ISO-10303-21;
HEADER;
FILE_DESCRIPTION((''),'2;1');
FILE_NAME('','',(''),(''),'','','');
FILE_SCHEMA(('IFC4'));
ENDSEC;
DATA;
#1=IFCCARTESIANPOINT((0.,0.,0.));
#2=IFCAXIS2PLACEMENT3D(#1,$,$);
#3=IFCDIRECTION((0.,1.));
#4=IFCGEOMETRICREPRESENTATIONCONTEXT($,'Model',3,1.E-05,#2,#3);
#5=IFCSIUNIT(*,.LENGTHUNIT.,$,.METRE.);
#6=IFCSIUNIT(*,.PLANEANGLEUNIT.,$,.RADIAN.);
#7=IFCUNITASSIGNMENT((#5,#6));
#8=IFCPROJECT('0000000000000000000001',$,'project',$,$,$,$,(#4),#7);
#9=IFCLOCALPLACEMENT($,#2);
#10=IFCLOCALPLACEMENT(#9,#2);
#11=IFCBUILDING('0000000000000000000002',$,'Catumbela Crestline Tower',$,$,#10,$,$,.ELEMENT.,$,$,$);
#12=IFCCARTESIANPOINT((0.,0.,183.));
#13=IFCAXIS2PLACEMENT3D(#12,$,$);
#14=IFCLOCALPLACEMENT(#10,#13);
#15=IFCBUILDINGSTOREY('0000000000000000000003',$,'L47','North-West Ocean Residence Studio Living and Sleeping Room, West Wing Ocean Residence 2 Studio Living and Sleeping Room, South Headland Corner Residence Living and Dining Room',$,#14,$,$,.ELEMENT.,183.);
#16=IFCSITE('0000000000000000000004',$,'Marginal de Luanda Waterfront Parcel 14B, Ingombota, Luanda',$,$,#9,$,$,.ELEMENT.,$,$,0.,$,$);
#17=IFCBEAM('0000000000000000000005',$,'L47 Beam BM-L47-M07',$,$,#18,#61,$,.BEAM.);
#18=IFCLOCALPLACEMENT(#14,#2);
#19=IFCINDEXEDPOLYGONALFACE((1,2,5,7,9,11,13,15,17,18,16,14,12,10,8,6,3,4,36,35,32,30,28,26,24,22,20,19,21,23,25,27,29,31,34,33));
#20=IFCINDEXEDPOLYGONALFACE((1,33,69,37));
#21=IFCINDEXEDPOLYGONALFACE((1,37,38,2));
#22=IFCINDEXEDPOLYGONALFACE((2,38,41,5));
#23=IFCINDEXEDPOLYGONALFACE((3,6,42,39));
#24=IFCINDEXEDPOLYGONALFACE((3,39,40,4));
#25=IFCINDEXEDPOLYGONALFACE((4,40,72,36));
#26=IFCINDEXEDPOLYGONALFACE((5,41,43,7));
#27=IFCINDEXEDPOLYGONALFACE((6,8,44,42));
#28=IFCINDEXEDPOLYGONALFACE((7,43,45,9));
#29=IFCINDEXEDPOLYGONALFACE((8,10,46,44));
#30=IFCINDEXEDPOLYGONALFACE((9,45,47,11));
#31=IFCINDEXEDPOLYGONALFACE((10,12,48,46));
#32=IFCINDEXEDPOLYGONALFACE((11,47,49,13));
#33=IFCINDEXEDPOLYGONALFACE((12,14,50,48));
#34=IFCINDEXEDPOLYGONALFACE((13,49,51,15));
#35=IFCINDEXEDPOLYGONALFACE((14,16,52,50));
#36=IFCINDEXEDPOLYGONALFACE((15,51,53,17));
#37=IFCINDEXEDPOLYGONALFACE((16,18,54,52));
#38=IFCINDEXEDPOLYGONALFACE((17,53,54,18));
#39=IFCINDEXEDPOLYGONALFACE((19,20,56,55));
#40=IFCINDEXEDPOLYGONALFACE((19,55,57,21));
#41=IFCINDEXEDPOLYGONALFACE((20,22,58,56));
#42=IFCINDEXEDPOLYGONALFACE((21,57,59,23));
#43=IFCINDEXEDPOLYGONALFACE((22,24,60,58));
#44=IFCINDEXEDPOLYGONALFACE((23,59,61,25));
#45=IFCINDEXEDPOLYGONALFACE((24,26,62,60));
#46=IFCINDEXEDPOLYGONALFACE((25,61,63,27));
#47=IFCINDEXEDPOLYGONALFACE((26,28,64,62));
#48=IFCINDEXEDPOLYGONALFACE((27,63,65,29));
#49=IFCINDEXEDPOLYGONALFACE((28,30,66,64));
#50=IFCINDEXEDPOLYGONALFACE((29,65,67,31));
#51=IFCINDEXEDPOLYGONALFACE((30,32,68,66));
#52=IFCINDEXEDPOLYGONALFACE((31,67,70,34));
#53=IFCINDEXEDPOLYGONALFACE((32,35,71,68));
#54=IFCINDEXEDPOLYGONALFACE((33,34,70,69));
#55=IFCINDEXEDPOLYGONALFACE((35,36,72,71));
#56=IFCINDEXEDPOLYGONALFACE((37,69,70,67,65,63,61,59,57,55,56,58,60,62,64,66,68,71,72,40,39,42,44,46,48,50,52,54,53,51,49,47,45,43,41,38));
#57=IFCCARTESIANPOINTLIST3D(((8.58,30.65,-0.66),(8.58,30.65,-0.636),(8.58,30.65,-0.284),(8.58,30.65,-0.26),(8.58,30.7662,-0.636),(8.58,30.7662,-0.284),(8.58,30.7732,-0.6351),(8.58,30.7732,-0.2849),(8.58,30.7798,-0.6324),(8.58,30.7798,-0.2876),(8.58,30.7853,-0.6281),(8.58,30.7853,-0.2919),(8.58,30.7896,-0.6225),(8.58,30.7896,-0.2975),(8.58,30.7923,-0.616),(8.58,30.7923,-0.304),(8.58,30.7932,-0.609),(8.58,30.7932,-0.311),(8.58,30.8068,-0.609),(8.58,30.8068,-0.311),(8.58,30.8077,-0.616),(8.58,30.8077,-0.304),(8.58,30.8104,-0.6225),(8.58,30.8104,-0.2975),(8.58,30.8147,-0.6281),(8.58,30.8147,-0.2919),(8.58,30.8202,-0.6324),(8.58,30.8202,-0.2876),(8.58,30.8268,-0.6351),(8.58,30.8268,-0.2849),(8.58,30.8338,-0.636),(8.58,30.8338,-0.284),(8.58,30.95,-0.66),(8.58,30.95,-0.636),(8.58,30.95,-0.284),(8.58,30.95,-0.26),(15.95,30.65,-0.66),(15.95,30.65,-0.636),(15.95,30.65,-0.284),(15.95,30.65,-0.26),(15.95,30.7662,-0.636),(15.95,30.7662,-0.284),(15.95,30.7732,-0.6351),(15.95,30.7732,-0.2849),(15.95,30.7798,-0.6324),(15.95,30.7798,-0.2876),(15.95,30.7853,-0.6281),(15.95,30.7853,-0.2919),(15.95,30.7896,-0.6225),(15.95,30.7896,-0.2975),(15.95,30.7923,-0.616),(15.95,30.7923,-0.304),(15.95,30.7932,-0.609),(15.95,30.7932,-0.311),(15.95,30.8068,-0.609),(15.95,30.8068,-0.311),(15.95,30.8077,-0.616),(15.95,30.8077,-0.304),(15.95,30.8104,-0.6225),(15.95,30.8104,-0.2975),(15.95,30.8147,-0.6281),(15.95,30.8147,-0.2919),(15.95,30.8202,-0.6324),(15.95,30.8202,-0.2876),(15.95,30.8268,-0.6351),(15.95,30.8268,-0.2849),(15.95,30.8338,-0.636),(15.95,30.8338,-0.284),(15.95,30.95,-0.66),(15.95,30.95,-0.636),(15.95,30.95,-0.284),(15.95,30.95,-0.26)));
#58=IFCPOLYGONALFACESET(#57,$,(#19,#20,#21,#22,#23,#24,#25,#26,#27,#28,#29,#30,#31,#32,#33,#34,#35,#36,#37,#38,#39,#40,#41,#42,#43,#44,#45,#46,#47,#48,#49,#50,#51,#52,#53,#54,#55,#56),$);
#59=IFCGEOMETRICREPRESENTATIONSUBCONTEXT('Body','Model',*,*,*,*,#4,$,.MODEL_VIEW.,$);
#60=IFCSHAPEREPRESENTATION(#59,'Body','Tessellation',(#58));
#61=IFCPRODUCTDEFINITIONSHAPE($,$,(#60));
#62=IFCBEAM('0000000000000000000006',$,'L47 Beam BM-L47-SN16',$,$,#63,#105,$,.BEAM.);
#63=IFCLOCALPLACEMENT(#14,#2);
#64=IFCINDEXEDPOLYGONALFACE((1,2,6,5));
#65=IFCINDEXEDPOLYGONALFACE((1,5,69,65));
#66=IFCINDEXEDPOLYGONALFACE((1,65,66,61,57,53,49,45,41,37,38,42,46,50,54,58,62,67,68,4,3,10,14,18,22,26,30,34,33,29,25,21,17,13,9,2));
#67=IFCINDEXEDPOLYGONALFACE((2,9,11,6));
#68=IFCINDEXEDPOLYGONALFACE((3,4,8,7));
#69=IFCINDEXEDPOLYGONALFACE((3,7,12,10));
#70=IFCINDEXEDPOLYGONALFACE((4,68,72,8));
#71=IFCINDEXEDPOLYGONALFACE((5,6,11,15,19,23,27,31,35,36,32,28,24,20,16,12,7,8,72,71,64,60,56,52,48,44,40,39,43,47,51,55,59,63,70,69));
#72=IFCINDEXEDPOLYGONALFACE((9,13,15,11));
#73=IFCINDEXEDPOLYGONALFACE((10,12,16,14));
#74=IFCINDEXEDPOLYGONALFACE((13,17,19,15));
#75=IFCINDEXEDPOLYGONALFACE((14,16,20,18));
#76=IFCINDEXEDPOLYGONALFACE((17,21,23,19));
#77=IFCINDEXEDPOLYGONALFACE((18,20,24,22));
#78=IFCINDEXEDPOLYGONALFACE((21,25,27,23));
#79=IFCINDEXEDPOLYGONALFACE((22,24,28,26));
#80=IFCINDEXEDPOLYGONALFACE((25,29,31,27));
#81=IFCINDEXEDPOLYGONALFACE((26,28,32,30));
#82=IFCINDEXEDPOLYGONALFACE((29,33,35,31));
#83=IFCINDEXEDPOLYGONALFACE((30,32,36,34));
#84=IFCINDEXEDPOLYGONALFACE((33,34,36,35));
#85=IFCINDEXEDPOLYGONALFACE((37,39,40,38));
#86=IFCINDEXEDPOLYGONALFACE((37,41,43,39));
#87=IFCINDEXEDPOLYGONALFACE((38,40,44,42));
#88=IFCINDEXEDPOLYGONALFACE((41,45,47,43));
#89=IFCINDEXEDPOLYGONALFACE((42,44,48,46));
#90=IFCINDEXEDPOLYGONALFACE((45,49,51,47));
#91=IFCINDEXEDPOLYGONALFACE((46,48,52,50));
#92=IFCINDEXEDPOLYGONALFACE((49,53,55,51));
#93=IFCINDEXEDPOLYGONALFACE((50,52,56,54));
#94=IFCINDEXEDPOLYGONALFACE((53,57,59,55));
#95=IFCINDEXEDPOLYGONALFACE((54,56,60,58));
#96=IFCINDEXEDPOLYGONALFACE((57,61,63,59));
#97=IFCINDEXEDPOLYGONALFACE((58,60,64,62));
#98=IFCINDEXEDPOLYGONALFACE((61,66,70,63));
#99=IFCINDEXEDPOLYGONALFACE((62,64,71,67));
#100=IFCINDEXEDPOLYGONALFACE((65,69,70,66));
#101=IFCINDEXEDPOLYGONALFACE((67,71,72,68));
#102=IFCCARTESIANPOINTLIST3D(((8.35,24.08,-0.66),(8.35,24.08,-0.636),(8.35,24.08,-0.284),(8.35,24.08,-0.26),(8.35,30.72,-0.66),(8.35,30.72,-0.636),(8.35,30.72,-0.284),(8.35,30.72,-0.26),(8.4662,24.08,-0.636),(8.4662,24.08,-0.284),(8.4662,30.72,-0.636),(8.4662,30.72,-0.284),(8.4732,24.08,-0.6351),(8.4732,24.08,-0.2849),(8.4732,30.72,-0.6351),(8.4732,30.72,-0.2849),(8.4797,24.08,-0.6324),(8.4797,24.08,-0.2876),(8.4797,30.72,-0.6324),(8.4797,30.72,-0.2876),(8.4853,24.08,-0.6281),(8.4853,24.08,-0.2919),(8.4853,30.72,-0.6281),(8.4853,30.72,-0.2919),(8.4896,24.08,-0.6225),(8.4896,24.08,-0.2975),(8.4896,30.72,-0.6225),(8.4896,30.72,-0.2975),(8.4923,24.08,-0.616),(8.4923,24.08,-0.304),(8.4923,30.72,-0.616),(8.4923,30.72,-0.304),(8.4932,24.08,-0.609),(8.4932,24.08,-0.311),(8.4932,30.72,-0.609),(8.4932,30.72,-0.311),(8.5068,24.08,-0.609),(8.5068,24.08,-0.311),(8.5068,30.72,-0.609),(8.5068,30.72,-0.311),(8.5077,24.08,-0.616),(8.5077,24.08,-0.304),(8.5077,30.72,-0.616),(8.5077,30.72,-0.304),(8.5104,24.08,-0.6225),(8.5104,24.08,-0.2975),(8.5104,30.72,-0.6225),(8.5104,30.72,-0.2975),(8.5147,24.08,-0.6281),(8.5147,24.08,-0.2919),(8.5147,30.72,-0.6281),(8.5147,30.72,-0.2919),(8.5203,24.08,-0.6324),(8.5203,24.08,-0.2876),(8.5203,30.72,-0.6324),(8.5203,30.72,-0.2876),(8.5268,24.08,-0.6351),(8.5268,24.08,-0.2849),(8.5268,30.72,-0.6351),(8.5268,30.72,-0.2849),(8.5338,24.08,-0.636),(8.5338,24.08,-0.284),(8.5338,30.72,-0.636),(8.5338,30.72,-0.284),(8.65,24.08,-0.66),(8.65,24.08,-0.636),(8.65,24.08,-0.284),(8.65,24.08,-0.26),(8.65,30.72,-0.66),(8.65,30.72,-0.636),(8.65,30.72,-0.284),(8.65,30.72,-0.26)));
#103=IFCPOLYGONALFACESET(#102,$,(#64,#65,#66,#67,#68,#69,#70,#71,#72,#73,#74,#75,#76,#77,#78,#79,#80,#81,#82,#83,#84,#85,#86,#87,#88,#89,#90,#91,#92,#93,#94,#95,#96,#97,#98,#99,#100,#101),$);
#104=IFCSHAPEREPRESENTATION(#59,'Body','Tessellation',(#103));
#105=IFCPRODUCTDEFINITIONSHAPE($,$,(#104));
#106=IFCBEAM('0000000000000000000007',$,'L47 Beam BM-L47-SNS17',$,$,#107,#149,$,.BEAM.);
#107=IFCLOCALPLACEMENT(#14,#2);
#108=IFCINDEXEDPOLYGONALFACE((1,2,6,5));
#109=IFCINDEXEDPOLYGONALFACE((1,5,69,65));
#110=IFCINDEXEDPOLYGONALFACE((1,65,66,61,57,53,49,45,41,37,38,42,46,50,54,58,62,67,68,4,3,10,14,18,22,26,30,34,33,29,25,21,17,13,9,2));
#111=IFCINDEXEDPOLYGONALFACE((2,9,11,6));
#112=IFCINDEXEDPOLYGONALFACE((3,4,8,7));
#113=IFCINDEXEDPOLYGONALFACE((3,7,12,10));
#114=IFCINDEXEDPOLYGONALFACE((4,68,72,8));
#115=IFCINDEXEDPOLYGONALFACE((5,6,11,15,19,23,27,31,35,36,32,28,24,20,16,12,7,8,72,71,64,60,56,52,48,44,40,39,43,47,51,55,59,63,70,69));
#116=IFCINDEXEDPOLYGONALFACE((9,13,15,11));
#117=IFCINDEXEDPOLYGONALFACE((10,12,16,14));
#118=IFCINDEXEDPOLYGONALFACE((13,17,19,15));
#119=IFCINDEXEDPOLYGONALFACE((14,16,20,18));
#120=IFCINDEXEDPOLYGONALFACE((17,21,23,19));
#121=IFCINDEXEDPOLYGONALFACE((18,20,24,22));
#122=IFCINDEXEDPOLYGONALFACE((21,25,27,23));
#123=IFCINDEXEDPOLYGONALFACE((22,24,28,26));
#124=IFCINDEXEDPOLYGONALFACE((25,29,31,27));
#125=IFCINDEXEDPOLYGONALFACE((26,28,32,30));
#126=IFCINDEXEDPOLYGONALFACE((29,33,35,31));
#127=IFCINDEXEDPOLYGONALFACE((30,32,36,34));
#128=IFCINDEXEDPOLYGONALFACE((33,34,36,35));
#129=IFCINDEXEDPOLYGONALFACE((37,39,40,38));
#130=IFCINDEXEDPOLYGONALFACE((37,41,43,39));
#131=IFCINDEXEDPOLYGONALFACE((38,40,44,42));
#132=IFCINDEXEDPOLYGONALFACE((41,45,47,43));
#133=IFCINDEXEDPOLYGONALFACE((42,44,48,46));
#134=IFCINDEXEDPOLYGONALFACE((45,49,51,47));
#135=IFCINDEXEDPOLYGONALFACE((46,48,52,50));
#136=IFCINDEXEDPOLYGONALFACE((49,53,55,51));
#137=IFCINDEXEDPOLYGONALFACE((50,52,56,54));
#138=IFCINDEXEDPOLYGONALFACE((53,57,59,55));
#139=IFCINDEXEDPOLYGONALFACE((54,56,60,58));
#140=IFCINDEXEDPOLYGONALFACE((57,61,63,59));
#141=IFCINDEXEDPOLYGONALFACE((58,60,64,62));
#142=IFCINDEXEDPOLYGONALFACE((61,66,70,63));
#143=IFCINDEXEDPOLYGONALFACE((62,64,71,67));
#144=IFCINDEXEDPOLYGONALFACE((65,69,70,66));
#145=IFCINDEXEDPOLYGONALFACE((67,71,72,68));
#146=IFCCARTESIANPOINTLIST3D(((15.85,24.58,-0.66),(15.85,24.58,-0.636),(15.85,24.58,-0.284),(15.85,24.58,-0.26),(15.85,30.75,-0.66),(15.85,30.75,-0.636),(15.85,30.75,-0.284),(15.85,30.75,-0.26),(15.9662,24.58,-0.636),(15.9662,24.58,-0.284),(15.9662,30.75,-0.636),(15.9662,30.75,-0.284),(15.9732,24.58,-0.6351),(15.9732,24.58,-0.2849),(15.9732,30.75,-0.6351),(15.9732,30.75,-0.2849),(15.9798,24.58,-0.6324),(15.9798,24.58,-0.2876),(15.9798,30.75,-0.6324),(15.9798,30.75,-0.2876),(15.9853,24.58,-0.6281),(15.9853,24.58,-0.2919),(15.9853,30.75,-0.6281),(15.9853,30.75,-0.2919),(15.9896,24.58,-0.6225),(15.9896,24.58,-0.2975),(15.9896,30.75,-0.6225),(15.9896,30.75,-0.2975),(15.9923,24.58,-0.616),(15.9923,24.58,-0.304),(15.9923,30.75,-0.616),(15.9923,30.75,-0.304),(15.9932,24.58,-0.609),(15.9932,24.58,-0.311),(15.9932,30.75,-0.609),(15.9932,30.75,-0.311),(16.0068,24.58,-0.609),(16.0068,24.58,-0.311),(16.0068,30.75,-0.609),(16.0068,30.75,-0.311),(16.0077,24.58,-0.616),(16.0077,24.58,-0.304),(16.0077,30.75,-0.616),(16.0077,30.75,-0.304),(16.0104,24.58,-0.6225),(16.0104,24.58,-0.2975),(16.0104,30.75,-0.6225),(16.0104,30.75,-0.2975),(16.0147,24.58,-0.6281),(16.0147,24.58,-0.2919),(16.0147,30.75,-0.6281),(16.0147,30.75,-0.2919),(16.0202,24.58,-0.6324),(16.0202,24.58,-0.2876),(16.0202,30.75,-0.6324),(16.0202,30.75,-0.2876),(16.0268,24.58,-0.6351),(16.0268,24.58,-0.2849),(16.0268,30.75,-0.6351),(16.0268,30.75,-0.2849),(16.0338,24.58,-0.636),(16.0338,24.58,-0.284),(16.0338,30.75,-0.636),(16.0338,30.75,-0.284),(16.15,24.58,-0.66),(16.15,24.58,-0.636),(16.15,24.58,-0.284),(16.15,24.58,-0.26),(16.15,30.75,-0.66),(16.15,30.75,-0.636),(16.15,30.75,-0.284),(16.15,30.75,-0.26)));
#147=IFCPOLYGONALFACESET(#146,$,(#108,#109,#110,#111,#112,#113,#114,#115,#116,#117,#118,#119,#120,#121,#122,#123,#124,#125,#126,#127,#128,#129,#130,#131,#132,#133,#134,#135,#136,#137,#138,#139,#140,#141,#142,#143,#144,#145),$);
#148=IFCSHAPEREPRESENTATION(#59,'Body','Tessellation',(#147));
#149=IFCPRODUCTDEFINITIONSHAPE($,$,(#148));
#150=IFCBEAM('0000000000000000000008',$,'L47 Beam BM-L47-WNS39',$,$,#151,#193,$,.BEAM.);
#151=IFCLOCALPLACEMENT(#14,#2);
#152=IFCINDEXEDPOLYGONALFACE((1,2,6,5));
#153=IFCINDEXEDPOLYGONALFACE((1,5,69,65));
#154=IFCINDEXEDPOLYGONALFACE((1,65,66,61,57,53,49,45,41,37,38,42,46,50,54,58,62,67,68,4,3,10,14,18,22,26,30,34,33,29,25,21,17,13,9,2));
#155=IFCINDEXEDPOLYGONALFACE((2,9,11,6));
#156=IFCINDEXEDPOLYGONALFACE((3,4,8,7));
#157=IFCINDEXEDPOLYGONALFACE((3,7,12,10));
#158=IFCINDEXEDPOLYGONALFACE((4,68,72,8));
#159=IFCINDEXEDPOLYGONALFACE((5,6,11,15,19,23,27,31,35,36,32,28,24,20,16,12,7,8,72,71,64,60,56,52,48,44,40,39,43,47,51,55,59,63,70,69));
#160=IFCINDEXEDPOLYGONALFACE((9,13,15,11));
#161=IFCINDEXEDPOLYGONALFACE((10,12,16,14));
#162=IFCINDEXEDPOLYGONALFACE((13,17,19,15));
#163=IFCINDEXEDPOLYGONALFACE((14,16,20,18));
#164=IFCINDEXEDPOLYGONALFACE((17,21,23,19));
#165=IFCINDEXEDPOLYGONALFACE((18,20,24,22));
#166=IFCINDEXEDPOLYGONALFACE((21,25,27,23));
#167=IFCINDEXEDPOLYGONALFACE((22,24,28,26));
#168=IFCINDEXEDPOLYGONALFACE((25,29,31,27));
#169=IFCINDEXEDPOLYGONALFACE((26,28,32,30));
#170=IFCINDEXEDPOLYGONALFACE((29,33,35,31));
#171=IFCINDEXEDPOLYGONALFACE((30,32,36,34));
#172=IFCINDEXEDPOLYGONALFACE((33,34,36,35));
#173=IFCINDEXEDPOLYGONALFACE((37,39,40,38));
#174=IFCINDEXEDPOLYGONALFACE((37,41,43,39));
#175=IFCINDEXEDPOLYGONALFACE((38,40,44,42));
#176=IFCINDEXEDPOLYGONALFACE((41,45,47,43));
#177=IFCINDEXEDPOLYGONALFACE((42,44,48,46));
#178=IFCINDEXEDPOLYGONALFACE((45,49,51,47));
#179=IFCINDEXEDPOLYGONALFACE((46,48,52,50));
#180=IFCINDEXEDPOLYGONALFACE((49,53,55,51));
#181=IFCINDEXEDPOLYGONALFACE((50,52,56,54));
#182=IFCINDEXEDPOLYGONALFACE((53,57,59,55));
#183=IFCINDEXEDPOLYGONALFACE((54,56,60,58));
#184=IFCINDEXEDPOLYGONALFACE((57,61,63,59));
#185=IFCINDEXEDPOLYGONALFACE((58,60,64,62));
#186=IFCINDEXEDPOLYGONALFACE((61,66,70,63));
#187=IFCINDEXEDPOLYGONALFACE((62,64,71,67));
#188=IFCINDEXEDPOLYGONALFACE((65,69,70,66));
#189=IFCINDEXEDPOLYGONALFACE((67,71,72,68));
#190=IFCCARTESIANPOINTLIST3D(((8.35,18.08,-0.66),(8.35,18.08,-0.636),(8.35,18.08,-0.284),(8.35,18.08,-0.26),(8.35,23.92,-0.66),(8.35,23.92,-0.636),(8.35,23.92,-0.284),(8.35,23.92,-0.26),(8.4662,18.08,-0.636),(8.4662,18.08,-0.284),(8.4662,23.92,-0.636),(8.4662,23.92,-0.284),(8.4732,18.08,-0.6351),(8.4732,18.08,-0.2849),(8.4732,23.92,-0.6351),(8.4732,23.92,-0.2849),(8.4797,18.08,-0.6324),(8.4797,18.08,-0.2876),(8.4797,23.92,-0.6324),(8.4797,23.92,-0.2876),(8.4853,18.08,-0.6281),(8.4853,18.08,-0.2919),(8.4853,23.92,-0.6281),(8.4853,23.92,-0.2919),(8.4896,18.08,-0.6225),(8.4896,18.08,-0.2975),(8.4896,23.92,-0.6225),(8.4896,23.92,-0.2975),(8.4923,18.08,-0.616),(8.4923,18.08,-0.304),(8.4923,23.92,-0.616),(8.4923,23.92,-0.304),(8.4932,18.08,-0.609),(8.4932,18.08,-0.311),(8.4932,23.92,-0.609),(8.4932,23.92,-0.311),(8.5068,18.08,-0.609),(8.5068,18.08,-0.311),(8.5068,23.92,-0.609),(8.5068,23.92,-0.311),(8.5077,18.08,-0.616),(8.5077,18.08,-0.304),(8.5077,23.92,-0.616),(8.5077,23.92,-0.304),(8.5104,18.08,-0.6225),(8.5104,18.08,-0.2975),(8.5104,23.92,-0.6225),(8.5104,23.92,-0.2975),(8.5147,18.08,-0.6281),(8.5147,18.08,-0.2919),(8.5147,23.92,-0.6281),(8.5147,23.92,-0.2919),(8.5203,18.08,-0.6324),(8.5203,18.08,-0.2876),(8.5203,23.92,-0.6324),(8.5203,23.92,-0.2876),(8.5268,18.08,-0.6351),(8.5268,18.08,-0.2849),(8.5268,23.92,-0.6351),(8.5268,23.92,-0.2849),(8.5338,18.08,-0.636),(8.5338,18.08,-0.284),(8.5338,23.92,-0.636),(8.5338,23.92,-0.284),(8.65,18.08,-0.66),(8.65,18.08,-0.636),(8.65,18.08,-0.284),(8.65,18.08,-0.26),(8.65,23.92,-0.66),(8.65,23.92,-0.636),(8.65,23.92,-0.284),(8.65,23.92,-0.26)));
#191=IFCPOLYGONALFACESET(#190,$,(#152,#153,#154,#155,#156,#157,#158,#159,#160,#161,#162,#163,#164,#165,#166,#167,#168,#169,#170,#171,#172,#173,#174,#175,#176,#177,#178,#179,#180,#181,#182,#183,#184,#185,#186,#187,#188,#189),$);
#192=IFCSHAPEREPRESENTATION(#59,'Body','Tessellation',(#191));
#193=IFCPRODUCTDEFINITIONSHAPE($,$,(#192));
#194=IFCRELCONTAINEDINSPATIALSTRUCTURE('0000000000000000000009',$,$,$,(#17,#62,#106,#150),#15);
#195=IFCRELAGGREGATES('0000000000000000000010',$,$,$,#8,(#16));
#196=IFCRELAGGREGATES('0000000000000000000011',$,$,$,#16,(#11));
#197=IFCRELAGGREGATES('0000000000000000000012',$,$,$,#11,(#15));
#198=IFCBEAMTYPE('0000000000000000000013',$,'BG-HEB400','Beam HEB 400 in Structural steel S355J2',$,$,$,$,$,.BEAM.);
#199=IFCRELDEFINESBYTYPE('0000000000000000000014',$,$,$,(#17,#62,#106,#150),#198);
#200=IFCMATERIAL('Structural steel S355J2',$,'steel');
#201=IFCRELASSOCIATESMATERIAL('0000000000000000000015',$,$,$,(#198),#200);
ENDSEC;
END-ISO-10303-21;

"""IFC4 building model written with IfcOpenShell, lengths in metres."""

from ifc_helpers import new_model, si_unit, direction, frame, origin, origin_2d, place, context, subcontext, project, spatial, i_section, extrude, material, material_profile, profile_set, type_object, element, save


model = new_model("IFC4")

# Units and contexts
model_context = context("Model", 3, precision=1e-05, world=origin(), true_north=direction((0.0, 1.0)))
body_context = subcontext(model_context, "Body", "Model", "MODEL_VIEW")
ifc_project = project(units=[si_unit("LENGTHUNIT", "METRE"), si_unit("PLANEANGLEUNIT", "RADIAN")], contexts=[model_context])

# Site, building, storey
site_placement = place(None, origin())
site = spatial("IfcSite", under=ifc_project, at=site_placement, Name="Marginal de Luanda Waterfront Parcel 14B, Ingombota, Luanda", CompositionType="ELEMENT", RefElevation=0.0)
building_placement = place(site_placement, origin())
building = spatial("IfcBuilding", under=site, at=building_placement, Name="Catumbela Crestline Tower", CompositionType="ELEMENT")
storey_placement = place(building_placement, frame((0.0, 0.0, 183.0)))
storey = spatial("IfcBuildingStorey", under=building, at=storey_placement, Name="L47", Description="North-West Ocean Residence Studio Living and Sleeping Room, West Wing Ocean Residence 2 Studio Living and Sleeping Room, South Headland Corner Residence Living and Dining Room", CompositionType="ELEMENT", Elevation=183.0)

# Beams
ifc_material_1 = material(Name="Structural steel S355J2", Category="steel")
ifc_material_profile_1 = material_profile(ifc_material_1, i_section(OverallWidth=0.3, OverallDepth=0.4, WebThickness=0.0135, FlangeThickness=0.024, FilletRadius=0.027, at=origin_2d()), Name="HEB 400")
ifc_profile_set_1 = profile_set([ifc_material_profile_1], Name="Structural steel S355J2")
beam_type_1 = type_object("IfcBeamType", Name="BG-HEB400", Description="Beam HEB 400 in Structural steel S355J2", PredefinedType="BEAM", material=ifc_profile_set_1)
beam_1_placement = place(storey_placement, frame((8.58, 30.8, -0.46), z_axis=(1.0, 0.0, 0.0), x_axis=(0.0, 1.0, 0.0)))
element("IfcBeam", 1, at=beam_1_placement, inside=storey, type_object=beam_type_1, Name="L47 Beam BM-L47-M07", PredefinedType="BEAM", context=body_context, shape_type="SweptSolid", body=[
    extrude(i_section(OverallWidth=0.3, OverallDepth=0.4, WebThickness=0.0135, FlangeThickness=0.024, FilletRadius=0.027, at=origin_2d()), origin(), (0.0, 0.0, 1.0), 7.37),
])
beam_2_placement = place(storey_placement, frame((8.5, 24.08, -0.46), z_axis=(0.0, 1.0, 0.0), x_axis=(-1.0, 0.0, 0.0)))
element("IfcBeam", 2, at=beam_2_placement, inside=storey, type_object=beam_type_1, Name="L47 Beam BM-L47-SN16", PredefinedType="BEAM", context=body_context, shape_type="SweptSolid", body=[
    extrude(i_section(OverallWidth=0.3, OverallDepth=0.4, WebThickness=0.0135, FlangeThickness=0.024, FilletRadius=0.027, at=origin_2d()), origin(), (0.0, 0.0, 1.0), 6.64),
])
beam_3_placement = place(storey_placement, frame((16.0, 24.58, -0.46), z_axis=(0.0, 1.0, 0.0), x_axis=(-1.0, 0.0, 0.0)))
element("IfcBeam", 3, at=beam_3_placement, inside=storey, type_object=beam_type_1, Name="L47 Beam BM-L47-SNS17", PredefinedType="BEAM", context=body_context, shape_type="SweptSolid", body=[
    extrude(i_section(OverallWidth=0.3, OverallDepth=0.4, WebThickness=0.0135, FlangeThickness=0.024, FilletRadius=0.027, at=origin_2d()), origin(), (0.0, 0.0, 1.0), 6.17),
])
beam_4_placement = place(storey_placement, frame((8.5, 18.08, -0.46), z_axis=(0.0, 1.0, 0.0), x_axis=(-1.0, 0.0, 0.0)))
element("IfcBeam", 4, at=beam_4_placement, inside=storey, type_object=beam_type_1, Name="L47 Beam BM-L47-WNS39", PredefinedType="BEAM", context=body_context, shape_type="SweptSolid", body=[
    extrude(i_section(OverallWidth=0.3, OverallDepth=0.4, WebThickness=0.0135, FlangeThickness=0.024, FilletRadius=0.027, at=origin_2d()), origin(), (0.0, 0.0, 1.0), 5.84),
])

save(model, "model.ifc")
